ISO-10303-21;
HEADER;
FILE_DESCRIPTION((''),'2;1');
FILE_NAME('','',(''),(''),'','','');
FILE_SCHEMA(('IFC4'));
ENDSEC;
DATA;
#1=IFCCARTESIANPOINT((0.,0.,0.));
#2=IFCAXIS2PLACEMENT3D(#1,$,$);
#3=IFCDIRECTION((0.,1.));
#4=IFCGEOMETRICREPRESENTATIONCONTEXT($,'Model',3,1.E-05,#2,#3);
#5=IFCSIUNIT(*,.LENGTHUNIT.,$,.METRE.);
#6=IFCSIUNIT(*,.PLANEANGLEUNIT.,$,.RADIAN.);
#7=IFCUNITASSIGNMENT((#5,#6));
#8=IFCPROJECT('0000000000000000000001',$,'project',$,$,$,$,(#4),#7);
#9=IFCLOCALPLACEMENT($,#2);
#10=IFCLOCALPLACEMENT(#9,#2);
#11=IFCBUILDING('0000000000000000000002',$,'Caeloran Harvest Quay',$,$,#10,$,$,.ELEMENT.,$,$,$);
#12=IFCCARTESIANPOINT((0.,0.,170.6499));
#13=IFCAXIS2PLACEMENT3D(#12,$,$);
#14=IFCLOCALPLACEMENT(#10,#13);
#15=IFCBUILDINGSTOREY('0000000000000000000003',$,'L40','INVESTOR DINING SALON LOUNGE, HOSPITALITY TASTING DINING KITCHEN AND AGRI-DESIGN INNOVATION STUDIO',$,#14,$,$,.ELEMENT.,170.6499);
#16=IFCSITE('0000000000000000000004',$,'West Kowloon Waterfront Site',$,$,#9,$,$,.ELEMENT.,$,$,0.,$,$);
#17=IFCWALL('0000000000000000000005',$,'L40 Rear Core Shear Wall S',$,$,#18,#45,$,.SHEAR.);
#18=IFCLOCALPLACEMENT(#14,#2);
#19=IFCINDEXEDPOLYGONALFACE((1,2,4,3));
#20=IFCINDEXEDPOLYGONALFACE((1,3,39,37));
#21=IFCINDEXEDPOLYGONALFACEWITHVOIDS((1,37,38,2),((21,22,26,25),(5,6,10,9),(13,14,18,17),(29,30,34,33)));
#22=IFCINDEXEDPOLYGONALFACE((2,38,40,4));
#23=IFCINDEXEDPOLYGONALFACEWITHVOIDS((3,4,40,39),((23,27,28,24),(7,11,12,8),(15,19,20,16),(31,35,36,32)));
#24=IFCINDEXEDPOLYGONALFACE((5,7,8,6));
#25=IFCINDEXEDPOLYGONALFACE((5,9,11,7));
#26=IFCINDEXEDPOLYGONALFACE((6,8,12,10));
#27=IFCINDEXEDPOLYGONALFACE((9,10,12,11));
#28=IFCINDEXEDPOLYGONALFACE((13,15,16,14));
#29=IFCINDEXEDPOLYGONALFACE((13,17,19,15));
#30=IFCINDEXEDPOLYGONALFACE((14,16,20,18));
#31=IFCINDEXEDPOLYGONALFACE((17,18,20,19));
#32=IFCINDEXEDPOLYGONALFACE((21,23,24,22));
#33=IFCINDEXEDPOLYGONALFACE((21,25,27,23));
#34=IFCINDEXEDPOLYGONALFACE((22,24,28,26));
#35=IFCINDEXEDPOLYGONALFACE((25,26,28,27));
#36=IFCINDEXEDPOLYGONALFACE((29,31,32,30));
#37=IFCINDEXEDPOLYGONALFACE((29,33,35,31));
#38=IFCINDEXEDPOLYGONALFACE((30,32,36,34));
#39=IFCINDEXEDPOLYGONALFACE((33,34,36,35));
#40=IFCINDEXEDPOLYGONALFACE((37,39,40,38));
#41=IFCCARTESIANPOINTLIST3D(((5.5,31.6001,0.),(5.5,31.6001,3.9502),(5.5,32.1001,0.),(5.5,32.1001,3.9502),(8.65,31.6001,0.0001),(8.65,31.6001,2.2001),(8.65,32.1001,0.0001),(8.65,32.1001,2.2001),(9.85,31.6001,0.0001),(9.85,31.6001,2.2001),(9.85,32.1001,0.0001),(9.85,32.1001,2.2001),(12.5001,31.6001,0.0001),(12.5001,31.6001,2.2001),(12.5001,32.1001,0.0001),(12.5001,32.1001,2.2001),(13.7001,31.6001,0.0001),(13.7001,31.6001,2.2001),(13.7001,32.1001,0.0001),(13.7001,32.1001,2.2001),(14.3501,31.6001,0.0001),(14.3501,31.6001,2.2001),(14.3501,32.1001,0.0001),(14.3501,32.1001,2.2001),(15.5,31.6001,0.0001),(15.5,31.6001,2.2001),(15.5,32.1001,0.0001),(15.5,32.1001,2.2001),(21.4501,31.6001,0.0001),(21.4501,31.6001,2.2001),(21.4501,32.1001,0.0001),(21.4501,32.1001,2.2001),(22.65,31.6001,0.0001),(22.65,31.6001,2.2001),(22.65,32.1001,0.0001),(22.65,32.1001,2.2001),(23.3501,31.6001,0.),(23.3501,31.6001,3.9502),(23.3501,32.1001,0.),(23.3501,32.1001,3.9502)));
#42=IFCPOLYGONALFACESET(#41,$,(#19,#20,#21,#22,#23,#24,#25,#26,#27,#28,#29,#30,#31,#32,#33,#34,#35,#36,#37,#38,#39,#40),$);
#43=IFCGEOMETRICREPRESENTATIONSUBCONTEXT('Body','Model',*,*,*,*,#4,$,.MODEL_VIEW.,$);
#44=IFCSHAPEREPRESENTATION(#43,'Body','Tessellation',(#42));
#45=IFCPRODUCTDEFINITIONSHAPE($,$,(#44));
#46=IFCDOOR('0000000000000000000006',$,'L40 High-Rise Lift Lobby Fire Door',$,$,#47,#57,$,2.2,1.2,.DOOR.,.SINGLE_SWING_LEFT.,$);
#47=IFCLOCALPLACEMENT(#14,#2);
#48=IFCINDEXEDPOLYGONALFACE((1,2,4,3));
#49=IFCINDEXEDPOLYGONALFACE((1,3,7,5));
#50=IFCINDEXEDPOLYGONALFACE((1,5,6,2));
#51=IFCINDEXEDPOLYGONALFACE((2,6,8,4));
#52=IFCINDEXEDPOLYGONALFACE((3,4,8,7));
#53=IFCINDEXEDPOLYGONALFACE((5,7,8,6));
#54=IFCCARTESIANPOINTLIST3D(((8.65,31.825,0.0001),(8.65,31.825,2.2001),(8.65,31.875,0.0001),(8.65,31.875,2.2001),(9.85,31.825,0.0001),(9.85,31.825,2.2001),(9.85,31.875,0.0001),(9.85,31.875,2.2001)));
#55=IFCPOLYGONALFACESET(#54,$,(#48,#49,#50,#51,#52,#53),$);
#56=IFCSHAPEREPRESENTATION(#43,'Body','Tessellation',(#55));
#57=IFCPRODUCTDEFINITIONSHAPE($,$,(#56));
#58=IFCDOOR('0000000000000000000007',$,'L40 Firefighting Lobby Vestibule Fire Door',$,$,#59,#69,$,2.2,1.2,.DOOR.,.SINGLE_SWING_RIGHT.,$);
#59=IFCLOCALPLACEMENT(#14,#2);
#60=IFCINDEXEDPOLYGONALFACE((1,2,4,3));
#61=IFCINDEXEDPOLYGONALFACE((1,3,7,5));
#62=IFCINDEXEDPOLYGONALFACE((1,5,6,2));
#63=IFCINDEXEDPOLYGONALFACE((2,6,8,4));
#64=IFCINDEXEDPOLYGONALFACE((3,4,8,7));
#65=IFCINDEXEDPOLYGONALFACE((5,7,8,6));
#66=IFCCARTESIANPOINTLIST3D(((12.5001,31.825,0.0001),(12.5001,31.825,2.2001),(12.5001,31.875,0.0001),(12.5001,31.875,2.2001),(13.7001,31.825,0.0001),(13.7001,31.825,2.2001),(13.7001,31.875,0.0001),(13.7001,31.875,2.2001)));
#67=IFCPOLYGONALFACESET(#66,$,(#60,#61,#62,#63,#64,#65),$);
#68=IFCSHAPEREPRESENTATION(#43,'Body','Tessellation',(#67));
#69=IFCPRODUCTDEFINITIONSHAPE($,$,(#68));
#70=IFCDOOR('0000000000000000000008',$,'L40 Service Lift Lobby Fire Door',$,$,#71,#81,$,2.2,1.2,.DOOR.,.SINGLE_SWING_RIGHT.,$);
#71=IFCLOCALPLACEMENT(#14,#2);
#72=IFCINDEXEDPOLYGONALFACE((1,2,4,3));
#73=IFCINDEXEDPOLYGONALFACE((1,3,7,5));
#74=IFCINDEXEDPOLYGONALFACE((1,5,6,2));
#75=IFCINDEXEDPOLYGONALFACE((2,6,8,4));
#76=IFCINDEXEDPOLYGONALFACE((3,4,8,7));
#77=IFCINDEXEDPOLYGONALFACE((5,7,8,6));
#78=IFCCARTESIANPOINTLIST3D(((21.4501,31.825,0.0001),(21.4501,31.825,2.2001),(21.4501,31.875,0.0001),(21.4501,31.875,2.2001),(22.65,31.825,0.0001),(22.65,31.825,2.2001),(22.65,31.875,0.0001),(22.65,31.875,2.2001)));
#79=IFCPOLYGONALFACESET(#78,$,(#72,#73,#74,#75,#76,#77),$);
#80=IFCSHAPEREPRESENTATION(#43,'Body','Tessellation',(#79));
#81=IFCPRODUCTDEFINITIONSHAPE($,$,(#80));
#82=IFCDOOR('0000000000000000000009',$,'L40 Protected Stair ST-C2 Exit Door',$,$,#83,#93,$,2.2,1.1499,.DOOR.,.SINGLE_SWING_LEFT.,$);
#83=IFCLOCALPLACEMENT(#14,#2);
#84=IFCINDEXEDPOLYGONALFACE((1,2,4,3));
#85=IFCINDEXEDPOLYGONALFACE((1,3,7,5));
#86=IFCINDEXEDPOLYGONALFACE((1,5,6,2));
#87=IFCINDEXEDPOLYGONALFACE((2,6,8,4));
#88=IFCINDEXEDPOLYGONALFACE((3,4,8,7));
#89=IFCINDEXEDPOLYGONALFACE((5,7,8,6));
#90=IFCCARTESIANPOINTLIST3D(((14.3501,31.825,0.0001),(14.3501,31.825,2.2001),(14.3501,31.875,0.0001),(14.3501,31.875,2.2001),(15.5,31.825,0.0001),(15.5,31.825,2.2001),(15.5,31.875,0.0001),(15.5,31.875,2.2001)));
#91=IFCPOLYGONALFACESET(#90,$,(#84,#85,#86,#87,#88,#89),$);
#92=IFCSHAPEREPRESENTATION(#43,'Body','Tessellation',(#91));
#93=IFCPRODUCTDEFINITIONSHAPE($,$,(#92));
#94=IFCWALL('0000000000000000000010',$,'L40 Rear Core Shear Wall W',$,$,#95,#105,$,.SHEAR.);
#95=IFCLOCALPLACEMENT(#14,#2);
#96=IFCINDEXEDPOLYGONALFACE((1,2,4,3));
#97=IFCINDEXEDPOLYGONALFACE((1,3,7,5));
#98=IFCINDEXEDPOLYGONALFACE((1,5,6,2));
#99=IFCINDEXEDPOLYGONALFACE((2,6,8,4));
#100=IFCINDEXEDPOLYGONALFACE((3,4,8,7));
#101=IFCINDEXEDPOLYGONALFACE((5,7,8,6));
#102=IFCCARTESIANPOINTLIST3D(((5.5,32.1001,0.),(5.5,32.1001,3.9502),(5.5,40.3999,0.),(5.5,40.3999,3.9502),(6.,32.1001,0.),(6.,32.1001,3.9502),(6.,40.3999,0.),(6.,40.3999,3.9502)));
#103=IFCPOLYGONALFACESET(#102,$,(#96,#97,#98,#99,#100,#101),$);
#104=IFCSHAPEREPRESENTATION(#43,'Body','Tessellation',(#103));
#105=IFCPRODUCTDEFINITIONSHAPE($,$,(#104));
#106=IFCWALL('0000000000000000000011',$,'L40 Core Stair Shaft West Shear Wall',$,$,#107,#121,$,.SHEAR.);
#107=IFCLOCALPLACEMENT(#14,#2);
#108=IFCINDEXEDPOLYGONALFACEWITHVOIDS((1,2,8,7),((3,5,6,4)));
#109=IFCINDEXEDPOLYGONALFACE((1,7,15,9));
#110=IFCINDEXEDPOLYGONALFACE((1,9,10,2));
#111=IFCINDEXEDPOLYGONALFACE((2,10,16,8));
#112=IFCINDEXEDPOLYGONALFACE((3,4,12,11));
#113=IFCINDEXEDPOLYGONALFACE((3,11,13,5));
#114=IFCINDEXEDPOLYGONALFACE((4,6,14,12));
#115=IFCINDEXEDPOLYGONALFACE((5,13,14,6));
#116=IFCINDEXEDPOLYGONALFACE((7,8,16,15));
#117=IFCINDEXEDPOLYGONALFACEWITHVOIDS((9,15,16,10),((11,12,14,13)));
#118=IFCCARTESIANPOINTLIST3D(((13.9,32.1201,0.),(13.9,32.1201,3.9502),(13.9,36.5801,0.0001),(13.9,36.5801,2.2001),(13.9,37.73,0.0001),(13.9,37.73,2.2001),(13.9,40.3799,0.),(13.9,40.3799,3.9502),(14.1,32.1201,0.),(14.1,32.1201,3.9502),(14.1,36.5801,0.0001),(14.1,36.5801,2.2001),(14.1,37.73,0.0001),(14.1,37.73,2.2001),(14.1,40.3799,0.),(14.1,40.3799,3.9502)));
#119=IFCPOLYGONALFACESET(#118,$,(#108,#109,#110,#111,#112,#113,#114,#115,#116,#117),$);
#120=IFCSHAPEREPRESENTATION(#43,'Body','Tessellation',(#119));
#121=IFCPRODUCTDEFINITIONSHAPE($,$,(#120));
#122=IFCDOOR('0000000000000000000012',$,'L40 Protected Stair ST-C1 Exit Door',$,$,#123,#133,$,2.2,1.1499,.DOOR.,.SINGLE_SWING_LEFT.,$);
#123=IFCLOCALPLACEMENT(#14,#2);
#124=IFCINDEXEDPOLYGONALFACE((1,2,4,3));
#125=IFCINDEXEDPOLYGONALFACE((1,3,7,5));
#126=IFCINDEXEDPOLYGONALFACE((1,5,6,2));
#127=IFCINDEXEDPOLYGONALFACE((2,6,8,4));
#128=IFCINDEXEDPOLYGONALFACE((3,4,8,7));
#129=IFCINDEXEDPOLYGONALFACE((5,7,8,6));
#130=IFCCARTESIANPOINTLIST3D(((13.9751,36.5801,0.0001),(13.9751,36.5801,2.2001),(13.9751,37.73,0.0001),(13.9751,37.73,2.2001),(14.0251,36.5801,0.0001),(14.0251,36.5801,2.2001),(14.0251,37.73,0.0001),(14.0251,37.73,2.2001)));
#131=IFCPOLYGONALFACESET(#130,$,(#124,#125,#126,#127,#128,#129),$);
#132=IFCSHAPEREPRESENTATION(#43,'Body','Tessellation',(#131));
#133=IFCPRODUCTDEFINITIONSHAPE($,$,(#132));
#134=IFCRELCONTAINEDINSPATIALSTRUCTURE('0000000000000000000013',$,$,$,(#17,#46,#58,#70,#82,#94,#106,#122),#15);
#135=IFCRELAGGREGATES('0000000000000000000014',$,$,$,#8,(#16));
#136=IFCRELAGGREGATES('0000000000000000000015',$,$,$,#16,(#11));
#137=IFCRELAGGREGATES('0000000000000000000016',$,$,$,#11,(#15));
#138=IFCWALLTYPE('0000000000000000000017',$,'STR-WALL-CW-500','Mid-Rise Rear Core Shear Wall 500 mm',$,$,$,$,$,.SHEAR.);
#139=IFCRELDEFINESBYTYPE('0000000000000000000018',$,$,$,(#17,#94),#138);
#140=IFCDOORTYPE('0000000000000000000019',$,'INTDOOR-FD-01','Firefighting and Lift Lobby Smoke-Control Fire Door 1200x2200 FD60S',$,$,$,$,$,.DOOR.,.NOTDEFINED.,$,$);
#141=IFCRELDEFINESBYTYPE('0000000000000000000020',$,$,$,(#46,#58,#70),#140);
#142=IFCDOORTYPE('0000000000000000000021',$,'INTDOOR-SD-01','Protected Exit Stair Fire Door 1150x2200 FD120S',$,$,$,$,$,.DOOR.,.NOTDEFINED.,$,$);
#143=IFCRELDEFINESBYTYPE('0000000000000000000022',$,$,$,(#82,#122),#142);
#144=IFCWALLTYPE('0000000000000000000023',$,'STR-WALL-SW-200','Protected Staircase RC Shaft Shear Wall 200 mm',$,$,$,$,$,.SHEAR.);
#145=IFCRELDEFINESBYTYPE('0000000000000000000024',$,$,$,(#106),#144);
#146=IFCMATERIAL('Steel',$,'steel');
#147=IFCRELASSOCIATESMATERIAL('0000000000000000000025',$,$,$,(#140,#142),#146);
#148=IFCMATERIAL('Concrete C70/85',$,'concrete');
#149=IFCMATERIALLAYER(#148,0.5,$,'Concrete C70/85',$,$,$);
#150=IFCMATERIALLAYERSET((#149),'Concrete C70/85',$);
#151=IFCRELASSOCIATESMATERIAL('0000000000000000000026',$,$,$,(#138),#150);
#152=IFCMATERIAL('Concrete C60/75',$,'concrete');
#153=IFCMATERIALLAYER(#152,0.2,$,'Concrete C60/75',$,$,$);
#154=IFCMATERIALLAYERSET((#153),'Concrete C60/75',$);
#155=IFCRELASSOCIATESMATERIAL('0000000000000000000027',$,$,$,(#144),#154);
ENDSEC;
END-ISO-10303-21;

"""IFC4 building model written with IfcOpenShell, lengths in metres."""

from ifc_helpers import new_model, si_unit, direction, frame, frame_2d, origin, place, context, subcontext, project, spatial, rectangle, extrude, material, layer, layer_set, type_object, element, fill, save


model = new_model("IFC4")

# Units and contexts
model_context = context("Model", 3, precision=1e-05, world=origin(), true_north=direction((0.0, 1.0)))
body_context = subcontext(model_context, "Body", "Model", "MODEL_VIEW")
ifc_project = project(units=[si_unit("LENGTHUNIT", "METRE"), si_unit("PLANEANGLEUNIT", "RADIAN")], contexts=[model_context])

# Site, building, storey
site_placement = place(None, origin())
site = spatial("IfcSite", under=ifc_project, at=site_placement, Name="West Kowloon Waterfront Site", CompositionType="ELEMENT", RefElevation=0.0)
building_placement = place(site_placement, origin())
building = spatial("IfcBuilding", under=site, at=building_placement, Name="Caeloran Harvest Quay", CompositionType="ELEMENT")
storey_placement = place(building_placement, frame((0.0, 0.0, 170.6499)))
storey = spatial("IfcBuildingStorey", under=building, at=storey_placement, Name="L40", Description="INVESTOR DINING SALON LOUNGE, HOSPITALITY TASTING DINING KITCHEN AND AGRI-DESIGN INNOVATION STUDIO", CompositionType="ELEMENT", Elevation=170.6499)

# Shared definitions
ifc_material_1 = material(Name="Concrete C70/85", Category="concrete")

# Shared definitions
ifc_material_2 = material(Name="Concrete C60/75", Category="concrete")

# Shared definitions
ifc_material_3 = material(Name="Steel", Category="steel")
door_type_1 = type_object("IfcDoorType", Name="INTDOOR-FD-01", Description="Firefighting and Lift Lobby Smoke-Control Fire Door 1200x2200 FD60S", OperationType="NOTDEFINED", PredefinedType="DOOR", material=ifc_material_3)

# Wall, openings, doors
ifc_layer_1 = layer(ifc_material_1, 0.5, Name="Concrete C70/85")
ifc_layer_set_1 = layer_set([ifc_layer_1], Name="Concrete C70/85")
wall_type_1 = type_object("IfcWallType", Name="STR-WALL-CW-500", Description="Mid-Rise Rear Core Shear Wall 500 mm", PredefinedType="SHEAR", material=ifc_layer_set_1)
wall_1_placement = place(storey_placement, frame((5.5, 31.8501, 0.0), z_axis=(0.0, 0.0, 1.0), x_axis=(1.0, 0.0, 0.0)))
wall_1 = element("IfcWall", 1, at=wall_1_placement, inside=storey, type_object=wall_type_1, Name="L40 Rear Core Shear Wall S", PredefinedType="SHEAR", context=body_context, shape_type="SweptSolid", body=[
    extrude(rectangle(XDim=17.8501, YDim=0.5, at=frame_2d((8.925, 0.0))), origin(), (0.0, 0.0, 1.0), 3.9502),
])
opening_1_placement = place(wall_1_placement, frame((3.1499, 0.0, 0.0)))
opening_1 = element("IfcOpeningElement", 2, at=opening_1_placement, cuts=wall_1, PredefinedType="OPENING", context=body_context, shape_type="SweptSolid", body=[
    extrude(rectangle(XDim=1.2, YDim=2.2, at=frame_2d((0.6001, 1.1001))), frame((0.0, 0.26, 0.0), z_axis=(0.0, -1.0, 0.0), x_axis=(1.0, 0.0, 0.0)), (0.0, 0.0, 1.0), 0.52),
])
opening_2_placement = place(wall_1_placement, frame((7.0, 0.0, 0.0)))
opening_2 = element("IfcOpeningElement", 3, at=opening_2_placement, cuts=wall_1, PredefinedType="OPENING", context=body_context, shape_type="SweptSolid", body=[
    extrude(rectangle(XDim=1.2, YDim=2.2, at=frame_2d((0.6001, 1.1001))), frame((0.0, 0.26, 0.0), z_axis=(0.0, -1.0, 0.0), x_axis=(1.0, 0.0, 0.0)), (0.0, 0.0, 1.0), 0.52),
])
opening_3_placement = place(wall_1_placement, frame((8.8501, 0.0, 0.0)))
opening_3 = element("IfcOpeningElement", 4, at=opening_3_placement, cuts=wall_1, PredefinedType="OPENING", context=body_context, shape_type="SweptSolid", body=[
    extrude(rectangle(XDim=1.1499, YDim=2.2, at=frame_2d((0.575, 1.1001))), frame((0.0, 0.26, 0.0), z_axis=(0.0, -1.0, 0.0), x_axis=(1.0, 0.0, 0.0)), (0.0, 0.0, 1.0), 0.52),
])
opening_4_placement = place(wall_1_placement, frame((15.95, 0.0, 0.0)))
opening_4 = element("IfcOpeningElement", 5, at=opening_4_placement, cuts=wall_1, PredefinedType="OPENING", context=body_context, shape_type="SweptSolid", body=[
    extrude(rectangle(XDim=1.2, YDim=2.2, at=frame_2d((0.6001, 1.1001))), frame((0.0, 0.26, 0.0), z_axis=(0.0, -1.0, 0.0), x_axis=(1.0, 0.0, 0.0)), (0.0, 0.0, 1.0), 0.52),
])
door_1_placement = place(opening_1_placement, origin())
door_1 = element("IfcDoor", 6, at=door_1_placement, inside=storey, type_object=door_type_1, Name="L40 High-Rise Lift Lobby Fire Door", OperationType="SINGLE_SWING_LEFT", OverallHeight=2.2, OverallWidth=1.2, PredefinedType="DOOR", context=body_context, shape_type="SweptSolid", body=[
    extrude(rectangle(XDim=1.2, YDim=2.2, at=frame_2d((0.6001, 1.1001))), frame((0.0, 0.0249, 0.0), z_axis=(0.0, -1.0, 0.0), x_axis=(1.0, 0.0, 0.0)), (0.0, 0.0, 1.0), 0.05),
])
fill(opening_1, door_1)
door_2_placement = place(opening_2_placement, origin())
door_2 = element("IfcDoor", 7, at=door_2_placement, inside=storey, type_object=door_type_1, Name="L40 Firefighting Lobby Vestibule Fire Door", OperationType="SINGLE_SWING_RIGHT", OverallHeight=2.2, OverallWidth=1.2, PredefinedType="DOOR", context=body_context, shape_type="SweptSolid", body=[
    extrude(rectangle(XDim=1.2, YDim=2.2, at=frame_2d((0.6001, 1.1001))), frame((0.0, 0.0249, 0.0), z_axis=(0.0, -1.0, 0.0), x_axis=(1.0, 0.0, 0.0)), (0.0, 0.0, 1.0), 0.05),
])
fill(opening_2, door_2)
door_3_placement = place(opening_4_placement, origin())
door_3 = element("IfcDoor", 8, at=door_3_placement, inside=storey, type_object=door_type_1, Name="L40 Service Lift Lobby Fire Door", OperationType="SINGLE_SWING_RIGHT", OverallHeight=2.2, OverallWidth=1.2, PredefinedType="DOOR", context=body_context, shape_type="SweptSolid", body=[
    extrude(rectangle(XDim=1.2, YDim=2.2, at=frame_2d((0.6001, 1.1001))), frame((0.0, 0.0249, 0.0), z_axis=(0.0, -1.0, 0.0), x_axis=(1.0, 0.0, 0.0)), (0.0, 0.0, 1.0), 0.05),
])
fill(opening_4, door_3)
door_type_2 = type_object("IfcDoorType", Name="INTDOOR-SD-01", Description="Protected Exit Stair Fire Door 1150x2200 FD120S", OperationType="NOTDEFINED", PredefinedType="DOOR", material=ifc_material_3)
door_4_placement = place(opening_3_placement, origin())
door_4 = element("IfcDoor", 9, at=door_4_placement, inside=storey, type_object=door_type_2, Name="L40 Protected Stair ST-C2 Exit Door", OperationType="SINGLE_SWING_LEFT", OverallHeight=2.2, OverallWidth=1.1499, PredefinedType="DOOR", context=body_context, shape_type="SweptSolid", body=[
    extrude(rectangle(XDim=1.1499, YDim=2.2, at=frame_2d((0.575, 1.1001))), frame((0.0, 0.0249, 0.0), z_axis=(0.0, -1.0, 0.0), x_axis=(1.0, 0.0, 0.0)), (0.0, 0.0, 1.0), 0.05),
])
fill(opening_3, door_4)

# Wall
wall_2_placement = place(storey_placement, frame((5.75, 32.1001, 0.0), z_axis=(0.0, 0.0, 1.0), x_axis=(0.0, 1.0, 0.0)))
element("IfcWall", 10, at=wall_2_placement, inside=storey, type_object=wall_type_1, Name="L40 Rear Core Shear Wall W", PredefinedType="SHEAR", context=body_context, shape_type="SweptSolid", body=[
    extrude(rectangle(XDim=8.2998, YDim=0.5, at=frame_2d((4.1499, 0.0))), origin(), (0.0, 0.0, 1.0), 3.9502),
])

# Wall, opening, door
ifc_layer_2 = layer(ifc_material_2, 0.2, Name="Concrete C60/75")
ifc_layer_set_2 = layer_set([ifc_layer_2], Name="Concrete C60/75")
wall_type_2 = type_object("IfcWallType", Name="STR-WALL-SW-200", Description="Protected Staircase RC Shaft Shear Wall 200 mm", PredefinedType="SHEAR", material=ifc_layer_set_2)
wall_3_placement = place(storey_placement, frame((14.0, 32.1201, 0.0), z_axis=(0.0, 0.0, 1.0), x_axis=(0.0, 1.0, 0.0)))
wall_3 = element("IfcWall", 11, at=wall_3_placement, inside=storey, type_object=wall_type_2, Name="L40 Core Stair Shaft West Shear Wall", PredefinedType="SHEAR", context=body_context, shape_type="SweptSolid", body=[
    extrude(rectangle(XDim=8.2598, YDim=0.2, at=frame_2d((4.1299, 0.0))), origin(), (0.0, 0.0, 1.0), 3.9502),
])
opening_5_placement = place(wall_3_placement, frame((4.46, 0.0, 0.0)))
opening_5 = element("IfcOpeningElement", 12, at=opening_5_placement, cuts=wall_3, PredefinedType="OPENING", context=body_context, shape_type="SweptSolid", body=[
    extrude(rectangle(XDim=1.1499, YDim=2.2, at=frame_2d((0.575, 1.1001))), frame((0.0, 0.1099, 0.0), z_axis=(0.0, -1.0, 0.0), x_axis=(1.0, 0.0, 0.0)), (0.0, 0.0, 1.0), 0.22),
])
door_5_placement = place(opening_5_placement, origin())
door_5 = element("IfcDoor", 13, at=door_5_placement, inside=storey, type_object=door_type_2, Name="L40 Protected Stair ST-C1 Exit Door", OperationType="SINGLE_SWING_LEFT", OverallHeight=2.2, OverallWidth=1.1499, PredefinedType="DOOR", context=body_context, shape_type="SweptSolid", body=[
    extrude(rectangle(XDim=1.1499, YDim=2.2, at=frame_2d((0.575, 1.1001))), frame((0.0, 0.0249, 0.0), z_axis=(0.0, -1.0, 0.0), x_axis=(1.0, 0.0, 0.0)), (0.0, 0.0, 1.0), 0.05),
])
fill(opening_5, door_5)

save(model, "model.ifc")
